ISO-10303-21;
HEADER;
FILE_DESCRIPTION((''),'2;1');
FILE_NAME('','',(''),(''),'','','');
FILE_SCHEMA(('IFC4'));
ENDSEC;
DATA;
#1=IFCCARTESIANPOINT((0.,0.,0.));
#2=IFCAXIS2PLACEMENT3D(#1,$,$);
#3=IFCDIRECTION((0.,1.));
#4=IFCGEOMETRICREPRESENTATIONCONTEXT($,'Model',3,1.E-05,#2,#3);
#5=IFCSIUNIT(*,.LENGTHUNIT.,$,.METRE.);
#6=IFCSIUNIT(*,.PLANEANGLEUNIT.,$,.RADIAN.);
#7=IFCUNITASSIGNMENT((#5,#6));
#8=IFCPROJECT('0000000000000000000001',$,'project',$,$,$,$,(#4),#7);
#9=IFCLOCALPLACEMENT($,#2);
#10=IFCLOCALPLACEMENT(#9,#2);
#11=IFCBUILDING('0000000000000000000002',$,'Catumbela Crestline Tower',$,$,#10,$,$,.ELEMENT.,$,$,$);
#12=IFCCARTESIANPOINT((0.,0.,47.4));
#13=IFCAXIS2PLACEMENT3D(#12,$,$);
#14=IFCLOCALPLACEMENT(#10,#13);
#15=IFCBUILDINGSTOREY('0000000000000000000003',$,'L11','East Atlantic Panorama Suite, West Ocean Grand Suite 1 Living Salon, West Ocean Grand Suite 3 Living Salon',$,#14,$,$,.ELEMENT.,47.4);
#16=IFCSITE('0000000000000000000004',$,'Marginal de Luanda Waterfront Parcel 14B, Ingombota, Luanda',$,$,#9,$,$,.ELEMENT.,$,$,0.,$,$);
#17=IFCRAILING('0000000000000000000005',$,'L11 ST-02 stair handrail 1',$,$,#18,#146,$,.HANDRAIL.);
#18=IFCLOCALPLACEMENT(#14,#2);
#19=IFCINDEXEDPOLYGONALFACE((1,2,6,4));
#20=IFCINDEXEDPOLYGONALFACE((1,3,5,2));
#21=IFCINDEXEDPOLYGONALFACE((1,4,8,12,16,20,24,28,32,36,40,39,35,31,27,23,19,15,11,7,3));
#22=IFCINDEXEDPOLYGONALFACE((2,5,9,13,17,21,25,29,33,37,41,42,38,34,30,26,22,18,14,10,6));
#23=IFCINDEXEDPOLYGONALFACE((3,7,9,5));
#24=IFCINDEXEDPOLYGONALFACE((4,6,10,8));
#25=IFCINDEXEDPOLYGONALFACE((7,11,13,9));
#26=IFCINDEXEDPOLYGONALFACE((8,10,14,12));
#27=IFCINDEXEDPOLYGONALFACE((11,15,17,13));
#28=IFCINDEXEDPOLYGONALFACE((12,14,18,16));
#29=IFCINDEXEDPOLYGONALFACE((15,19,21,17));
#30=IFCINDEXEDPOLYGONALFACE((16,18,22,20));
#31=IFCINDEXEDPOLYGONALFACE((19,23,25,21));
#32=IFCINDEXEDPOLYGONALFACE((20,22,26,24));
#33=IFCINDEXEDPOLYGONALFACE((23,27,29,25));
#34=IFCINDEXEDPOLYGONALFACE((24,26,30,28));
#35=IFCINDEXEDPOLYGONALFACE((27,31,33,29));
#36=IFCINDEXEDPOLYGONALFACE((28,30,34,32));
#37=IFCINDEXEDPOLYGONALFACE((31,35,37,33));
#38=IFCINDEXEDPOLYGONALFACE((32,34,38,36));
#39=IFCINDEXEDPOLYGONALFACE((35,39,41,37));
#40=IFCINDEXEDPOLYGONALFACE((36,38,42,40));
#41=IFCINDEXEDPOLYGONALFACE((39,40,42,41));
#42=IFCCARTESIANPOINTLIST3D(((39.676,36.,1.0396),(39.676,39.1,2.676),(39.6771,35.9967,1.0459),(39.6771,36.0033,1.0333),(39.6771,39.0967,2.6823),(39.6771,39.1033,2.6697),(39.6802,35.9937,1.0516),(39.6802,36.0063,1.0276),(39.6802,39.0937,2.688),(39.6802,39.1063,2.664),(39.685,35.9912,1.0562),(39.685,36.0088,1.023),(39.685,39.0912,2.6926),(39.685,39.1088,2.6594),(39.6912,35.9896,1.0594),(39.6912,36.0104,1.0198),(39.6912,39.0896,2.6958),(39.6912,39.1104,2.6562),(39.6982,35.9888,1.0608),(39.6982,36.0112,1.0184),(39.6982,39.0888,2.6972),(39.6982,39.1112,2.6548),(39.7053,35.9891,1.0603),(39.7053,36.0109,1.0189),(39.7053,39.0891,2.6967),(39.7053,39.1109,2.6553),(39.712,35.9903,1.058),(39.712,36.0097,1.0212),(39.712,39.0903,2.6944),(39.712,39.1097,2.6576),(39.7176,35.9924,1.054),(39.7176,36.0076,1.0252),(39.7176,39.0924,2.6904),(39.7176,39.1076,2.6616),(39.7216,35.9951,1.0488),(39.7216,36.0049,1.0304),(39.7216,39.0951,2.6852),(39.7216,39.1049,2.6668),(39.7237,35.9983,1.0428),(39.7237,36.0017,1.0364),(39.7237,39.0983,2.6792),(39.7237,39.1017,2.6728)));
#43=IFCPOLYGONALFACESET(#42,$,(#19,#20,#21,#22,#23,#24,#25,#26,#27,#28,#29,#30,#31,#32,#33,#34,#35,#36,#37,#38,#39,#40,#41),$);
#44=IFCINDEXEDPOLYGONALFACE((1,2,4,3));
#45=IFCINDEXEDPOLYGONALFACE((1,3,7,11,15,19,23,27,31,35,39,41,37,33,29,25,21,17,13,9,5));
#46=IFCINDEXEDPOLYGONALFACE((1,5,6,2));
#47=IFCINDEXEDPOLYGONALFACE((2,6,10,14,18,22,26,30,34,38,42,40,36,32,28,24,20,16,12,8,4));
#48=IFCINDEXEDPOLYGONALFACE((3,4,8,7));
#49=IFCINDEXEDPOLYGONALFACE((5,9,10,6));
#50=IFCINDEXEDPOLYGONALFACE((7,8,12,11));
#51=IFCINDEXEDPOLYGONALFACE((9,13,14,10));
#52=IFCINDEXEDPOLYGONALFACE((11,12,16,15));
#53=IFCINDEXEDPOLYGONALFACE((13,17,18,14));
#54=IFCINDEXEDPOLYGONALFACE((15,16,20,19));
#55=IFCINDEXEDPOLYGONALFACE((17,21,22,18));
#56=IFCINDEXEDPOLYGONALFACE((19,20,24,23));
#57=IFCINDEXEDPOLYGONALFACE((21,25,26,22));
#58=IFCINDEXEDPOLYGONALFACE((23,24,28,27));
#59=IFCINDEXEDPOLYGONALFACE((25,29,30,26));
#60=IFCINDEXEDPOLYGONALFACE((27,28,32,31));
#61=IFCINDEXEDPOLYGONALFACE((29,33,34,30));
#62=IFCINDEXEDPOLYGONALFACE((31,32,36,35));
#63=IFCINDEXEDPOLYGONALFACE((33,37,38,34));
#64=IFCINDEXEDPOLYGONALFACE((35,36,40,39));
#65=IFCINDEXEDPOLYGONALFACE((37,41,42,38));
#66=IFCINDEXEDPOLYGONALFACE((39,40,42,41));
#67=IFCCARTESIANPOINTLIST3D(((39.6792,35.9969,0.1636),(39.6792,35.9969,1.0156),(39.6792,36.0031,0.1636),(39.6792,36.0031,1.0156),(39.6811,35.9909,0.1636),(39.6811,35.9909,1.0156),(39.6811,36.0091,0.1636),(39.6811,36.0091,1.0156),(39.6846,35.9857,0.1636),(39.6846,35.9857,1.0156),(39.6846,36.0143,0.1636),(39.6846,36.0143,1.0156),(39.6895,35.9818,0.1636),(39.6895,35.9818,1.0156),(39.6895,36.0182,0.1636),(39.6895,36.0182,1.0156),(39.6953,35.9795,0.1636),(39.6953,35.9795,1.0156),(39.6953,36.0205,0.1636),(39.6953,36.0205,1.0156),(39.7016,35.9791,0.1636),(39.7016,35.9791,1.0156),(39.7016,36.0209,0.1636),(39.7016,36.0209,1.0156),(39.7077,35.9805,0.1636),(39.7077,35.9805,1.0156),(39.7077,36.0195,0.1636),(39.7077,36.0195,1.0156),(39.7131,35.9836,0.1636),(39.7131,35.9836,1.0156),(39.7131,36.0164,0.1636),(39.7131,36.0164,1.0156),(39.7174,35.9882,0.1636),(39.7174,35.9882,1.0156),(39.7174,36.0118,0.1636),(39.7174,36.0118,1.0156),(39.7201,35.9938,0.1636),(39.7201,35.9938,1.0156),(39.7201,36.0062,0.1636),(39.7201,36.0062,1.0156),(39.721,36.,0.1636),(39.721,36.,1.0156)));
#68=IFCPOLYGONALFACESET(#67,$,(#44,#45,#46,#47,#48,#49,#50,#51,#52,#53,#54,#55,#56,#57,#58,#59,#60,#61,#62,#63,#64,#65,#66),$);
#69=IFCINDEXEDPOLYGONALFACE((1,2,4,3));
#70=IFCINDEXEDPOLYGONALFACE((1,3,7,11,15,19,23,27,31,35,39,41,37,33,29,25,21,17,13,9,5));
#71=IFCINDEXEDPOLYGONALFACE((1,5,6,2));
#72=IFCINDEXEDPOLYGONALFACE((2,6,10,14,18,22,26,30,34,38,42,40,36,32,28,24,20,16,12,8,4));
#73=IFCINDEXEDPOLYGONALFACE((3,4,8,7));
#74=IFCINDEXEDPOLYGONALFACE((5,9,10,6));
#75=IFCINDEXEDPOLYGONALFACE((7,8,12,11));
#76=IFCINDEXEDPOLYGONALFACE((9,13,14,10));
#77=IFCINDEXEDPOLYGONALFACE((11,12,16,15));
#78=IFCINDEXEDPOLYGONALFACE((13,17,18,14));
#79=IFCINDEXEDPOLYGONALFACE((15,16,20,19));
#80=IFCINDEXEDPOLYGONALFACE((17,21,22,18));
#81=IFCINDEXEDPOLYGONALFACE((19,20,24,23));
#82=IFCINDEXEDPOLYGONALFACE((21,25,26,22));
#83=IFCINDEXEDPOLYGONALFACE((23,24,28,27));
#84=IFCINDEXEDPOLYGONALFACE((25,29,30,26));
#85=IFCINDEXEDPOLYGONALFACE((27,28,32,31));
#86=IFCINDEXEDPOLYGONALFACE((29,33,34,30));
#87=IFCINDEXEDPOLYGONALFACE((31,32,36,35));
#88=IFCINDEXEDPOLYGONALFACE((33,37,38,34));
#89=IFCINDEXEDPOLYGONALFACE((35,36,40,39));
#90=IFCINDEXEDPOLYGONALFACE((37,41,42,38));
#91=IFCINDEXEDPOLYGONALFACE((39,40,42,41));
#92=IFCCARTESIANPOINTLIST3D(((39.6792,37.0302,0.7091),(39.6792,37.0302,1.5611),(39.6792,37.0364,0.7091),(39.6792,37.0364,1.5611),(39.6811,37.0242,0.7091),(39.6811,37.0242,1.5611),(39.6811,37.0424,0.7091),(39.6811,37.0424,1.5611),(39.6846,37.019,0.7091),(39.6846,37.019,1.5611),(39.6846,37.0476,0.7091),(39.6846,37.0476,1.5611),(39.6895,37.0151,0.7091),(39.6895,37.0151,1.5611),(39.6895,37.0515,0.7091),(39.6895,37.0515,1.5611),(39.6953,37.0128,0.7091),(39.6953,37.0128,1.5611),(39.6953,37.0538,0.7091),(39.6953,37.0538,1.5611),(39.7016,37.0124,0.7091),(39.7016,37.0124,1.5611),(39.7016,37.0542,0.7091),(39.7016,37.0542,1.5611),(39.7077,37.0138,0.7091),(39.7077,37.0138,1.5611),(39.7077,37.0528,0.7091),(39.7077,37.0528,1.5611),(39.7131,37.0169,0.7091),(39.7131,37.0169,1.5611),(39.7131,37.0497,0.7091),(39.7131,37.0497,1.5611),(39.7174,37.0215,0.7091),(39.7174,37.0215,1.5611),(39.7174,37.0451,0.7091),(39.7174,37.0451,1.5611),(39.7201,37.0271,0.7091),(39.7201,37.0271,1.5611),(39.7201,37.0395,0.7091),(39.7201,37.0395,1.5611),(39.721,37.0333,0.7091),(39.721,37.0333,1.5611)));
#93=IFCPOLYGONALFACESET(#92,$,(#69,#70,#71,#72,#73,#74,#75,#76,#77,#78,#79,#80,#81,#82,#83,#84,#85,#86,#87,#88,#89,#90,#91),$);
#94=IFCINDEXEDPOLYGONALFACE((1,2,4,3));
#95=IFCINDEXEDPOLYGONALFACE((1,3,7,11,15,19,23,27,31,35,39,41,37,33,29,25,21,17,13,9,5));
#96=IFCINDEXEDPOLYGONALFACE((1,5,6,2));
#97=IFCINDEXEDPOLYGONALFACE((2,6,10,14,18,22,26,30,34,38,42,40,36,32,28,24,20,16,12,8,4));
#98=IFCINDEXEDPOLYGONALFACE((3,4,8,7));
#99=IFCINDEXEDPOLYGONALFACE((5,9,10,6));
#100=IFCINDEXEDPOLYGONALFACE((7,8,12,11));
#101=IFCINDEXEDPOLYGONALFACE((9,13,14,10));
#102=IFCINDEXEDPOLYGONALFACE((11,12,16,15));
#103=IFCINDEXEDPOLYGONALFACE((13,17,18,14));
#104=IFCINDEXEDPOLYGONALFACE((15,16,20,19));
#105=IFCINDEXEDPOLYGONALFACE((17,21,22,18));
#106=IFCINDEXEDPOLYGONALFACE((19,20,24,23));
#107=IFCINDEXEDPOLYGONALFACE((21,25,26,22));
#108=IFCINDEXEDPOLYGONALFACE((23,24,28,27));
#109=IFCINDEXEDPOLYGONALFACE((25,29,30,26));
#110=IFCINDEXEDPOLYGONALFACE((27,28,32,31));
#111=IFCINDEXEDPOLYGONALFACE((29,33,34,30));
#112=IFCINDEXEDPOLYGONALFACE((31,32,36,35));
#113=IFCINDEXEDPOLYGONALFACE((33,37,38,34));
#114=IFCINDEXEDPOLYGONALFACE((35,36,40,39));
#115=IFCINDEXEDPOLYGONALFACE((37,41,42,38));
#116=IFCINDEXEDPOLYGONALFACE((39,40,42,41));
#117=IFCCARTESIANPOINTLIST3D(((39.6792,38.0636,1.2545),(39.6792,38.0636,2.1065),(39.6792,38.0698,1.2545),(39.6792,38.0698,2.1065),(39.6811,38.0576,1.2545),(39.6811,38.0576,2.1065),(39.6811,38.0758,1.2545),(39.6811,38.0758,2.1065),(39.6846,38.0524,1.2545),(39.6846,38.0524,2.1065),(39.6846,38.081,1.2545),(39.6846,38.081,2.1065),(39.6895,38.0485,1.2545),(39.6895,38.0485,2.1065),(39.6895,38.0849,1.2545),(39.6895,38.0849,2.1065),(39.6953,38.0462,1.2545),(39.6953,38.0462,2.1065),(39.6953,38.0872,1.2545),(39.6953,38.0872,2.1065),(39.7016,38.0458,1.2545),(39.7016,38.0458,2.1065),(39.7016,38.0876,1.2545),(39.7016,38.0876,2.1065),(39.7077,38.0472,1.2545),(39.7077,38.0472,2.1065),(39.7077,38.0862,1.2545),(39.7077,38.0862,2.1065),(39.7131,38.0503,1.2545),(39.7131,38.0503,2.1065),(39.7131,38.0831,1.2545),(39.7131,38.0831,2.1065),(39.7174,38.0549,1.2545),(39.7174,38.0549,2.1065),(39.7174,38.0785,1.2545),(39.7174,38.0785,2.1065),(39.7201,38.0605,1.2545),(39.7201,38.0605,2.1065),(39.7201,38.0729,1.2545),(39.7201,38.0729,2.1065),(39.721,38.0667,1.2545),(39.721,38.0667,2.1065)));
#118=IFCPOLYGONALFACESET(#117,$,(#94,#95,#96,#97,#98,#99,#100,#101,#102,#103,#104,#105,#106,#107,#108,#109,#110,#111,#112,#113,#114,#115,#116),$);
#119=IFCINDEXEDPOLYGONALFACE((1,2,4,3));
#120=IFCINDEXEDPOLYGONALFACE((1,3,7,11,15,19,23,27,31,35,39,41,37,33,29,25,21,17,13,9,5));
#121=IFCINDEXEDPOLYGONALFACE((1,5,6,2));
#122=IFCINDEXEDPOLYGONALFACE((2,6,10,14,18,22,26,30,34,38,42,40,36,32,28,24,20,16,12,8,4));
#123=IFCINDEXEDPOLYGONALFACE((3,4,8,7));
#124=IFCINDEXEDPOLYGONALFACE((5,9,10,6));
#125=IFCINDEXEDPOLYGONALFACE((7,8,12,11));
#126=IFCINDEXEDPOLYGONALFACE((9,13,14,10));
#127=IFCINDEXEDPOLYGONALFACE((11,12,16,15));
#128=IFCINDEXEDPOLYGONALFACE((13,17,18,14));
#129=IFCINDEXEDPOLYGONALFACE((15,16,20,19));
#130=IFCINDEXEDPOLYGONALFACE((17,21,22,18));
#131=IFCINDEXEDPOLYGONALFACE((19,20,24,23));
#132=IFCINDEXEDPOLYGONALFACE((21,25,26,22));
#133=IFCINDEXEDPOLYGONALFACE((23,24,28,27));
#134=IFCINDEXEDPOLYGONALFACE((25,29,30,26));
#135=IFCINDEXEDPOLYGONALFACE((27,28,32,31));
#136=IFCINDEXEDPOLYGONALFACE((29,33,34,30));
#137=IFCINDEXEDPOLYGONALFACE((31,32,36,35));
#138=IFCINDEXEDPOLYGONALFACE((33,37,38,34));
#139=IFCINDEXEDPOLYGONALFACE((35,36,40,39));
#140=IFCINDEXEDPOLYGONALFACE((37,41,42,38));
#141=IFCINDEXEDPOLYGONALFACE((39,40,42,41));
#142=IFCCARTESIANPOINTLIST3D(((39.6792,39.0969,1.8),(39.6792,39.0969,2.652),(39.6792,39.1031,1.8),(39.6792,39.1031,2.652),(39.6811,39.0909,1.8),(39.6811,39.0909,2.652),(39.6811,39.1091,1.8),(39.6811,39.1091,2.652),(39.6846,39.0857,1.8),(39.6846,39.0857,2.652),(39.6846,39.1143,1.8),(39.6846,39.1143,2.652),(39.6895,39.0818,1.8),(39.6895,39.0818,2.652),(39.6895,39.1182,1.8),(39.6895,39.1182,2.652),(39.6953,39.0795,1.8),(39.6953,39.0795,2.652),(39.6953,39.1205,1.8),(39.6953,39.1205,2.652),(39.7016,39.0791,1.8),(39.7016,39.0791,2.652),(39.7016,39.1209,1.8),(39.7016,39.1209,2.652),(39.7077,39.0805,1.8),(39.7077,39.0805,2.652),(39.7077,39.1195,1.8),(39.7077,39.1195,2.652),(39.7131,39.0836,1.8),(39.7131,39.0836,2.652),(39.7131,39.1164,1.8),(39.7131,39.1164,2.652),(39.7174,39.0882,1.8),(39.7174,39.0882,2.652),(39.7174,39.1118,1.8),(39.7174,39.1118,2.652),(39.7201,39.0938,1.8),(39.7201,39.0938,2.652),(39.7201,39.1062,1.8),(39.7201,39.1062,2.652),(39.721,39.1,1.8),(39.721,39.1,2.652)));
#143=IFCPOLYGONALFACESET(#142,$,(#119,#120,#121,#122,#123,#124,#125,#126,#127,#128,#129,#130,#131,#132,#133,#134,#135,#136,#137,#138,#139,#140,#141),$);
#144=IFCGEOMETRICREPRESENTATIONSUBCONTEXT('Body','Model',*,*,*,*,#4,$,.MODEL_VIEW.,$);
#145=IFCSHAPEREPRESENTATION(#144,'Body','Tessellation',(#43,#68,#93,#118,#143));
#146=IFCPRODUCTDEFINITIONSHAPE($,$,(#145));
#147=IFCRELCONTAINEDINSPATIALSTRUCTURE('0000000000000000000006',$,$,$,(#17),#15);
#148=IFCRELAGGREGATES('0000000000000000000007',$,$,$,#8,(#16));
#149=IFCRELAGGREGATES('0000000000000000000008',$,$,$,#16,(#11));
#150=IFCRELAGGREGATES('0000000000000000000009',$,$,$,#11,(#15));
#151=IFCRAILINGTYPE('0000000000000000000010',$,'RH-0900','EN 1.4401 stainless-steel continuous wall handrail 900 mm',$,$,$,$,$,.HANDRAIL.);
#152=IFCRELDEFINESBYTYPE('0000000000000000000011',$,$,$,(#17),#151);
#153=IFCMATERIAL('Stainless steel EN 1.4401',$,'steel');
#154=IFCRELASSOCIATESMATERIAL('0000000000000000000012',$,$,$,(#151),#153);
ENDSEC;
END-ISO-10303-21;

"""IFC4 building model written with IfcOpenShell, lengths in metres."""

from ifc_helpers import new_model, si_unit, direction, frame, origin, origin_2d, place, context, subcontext, project, spatial, circle, extrude, material, type_object, element, save


model = new_model("IFC4")

# Units and contexts
model_context = context("Model", 3, precision=1e-05, world=origin(), true_north=direction((0.0, 1.0)))
body_context = subcontext(model_context, "Body", "Model", "MODEL_VIEW")
ifc_project = project(units=[si_unit("LENGTHUNIT", "METRE"), si_unit("PLANEANGLEUNIT", "RADIAN")], contexts=[model_context])

# Site, building, storey
site_placement = place(None, origin())
site = spatial("IfcSite", under=ifc_project, at=site_placement, Name="Marginal de Luanda Waterfront Parcel 14B, Ingombota, Luanda", CompositionType="ELEMENT", RefElevation=0.0)
building_placement = place(site_placement, origin())
building = spatial("IfcBuilding", under=site, at=building_placement, Name="Catumbela Crestline Tower", CompositionType="ELEMENT")
storey_placement = place(building_placement, frame((0.0, 0.0, 47.4)))
storey = spatial("IfcBuildingStorey", under=building, at=storey_placement, Name="L11", Description="East Atlantic Panorama Suite, West Ocean Grand Suite 1 Living Salon, West Ocean Grand Suite 3 Living Salon", CompositionType="ELEMENT", Elevation=47.4)

# Shared definitions
ifc_material_1 = material(Name="Stainless steel EN 1.4401", Category="steel")

# Railing
railing_type_1 = type_object("IfcRailingType", Name="RH-0900", Description="EN 1.4401 stainless-steel continuous wall handrail 900 mm", PredefinedType="HANDRAIL", material=ifc_material_1)
railing_1_placement = place(storey_placement, frame((39.7, 36.0, 0.1636)))
element("IfcRailing", 1, at=railing_1_placement, inside=storey, type_object=railing_type_1, Name="L11 ST-02 stair handrail 1", PredefinedType="HANDRAIL", context=body_context, shape_type="SweptSolid", body=[
    extrude(circle(Radius=0.024, at=origin_2d()), frame((0.0, 0.0, 0.876), z_axis=(0.0, 0.884351, 0.466823), x_axis=(-1.0, 0.0, 0.0)), (0.0, 0.0, 1.0), 3.5054),
    extrude(circle(Radius=0.021, at=origin_2d()), origin(), (0.0, 0.0, 1.0), 0.852),
    extrude(circle(Radius=0.021, at=origin_2d()), frame((0.0, 1.0333, 0.5455)), (0.0, 0.0, 1.0), 0.852),
    extrude(circle(Radius=0.021, at=origin_2d()), frame((0.0, 2.0667, 1.0909)), (0.0, 0.0, 1.0), 0.852),
    extrude(circle(Radius=0.021, at=origin_2d()), frame((0.0, 3.1, 1.6364)), (0.0, 0.0, 1.0), 0.852),
])

save(model, "model.ifc")
